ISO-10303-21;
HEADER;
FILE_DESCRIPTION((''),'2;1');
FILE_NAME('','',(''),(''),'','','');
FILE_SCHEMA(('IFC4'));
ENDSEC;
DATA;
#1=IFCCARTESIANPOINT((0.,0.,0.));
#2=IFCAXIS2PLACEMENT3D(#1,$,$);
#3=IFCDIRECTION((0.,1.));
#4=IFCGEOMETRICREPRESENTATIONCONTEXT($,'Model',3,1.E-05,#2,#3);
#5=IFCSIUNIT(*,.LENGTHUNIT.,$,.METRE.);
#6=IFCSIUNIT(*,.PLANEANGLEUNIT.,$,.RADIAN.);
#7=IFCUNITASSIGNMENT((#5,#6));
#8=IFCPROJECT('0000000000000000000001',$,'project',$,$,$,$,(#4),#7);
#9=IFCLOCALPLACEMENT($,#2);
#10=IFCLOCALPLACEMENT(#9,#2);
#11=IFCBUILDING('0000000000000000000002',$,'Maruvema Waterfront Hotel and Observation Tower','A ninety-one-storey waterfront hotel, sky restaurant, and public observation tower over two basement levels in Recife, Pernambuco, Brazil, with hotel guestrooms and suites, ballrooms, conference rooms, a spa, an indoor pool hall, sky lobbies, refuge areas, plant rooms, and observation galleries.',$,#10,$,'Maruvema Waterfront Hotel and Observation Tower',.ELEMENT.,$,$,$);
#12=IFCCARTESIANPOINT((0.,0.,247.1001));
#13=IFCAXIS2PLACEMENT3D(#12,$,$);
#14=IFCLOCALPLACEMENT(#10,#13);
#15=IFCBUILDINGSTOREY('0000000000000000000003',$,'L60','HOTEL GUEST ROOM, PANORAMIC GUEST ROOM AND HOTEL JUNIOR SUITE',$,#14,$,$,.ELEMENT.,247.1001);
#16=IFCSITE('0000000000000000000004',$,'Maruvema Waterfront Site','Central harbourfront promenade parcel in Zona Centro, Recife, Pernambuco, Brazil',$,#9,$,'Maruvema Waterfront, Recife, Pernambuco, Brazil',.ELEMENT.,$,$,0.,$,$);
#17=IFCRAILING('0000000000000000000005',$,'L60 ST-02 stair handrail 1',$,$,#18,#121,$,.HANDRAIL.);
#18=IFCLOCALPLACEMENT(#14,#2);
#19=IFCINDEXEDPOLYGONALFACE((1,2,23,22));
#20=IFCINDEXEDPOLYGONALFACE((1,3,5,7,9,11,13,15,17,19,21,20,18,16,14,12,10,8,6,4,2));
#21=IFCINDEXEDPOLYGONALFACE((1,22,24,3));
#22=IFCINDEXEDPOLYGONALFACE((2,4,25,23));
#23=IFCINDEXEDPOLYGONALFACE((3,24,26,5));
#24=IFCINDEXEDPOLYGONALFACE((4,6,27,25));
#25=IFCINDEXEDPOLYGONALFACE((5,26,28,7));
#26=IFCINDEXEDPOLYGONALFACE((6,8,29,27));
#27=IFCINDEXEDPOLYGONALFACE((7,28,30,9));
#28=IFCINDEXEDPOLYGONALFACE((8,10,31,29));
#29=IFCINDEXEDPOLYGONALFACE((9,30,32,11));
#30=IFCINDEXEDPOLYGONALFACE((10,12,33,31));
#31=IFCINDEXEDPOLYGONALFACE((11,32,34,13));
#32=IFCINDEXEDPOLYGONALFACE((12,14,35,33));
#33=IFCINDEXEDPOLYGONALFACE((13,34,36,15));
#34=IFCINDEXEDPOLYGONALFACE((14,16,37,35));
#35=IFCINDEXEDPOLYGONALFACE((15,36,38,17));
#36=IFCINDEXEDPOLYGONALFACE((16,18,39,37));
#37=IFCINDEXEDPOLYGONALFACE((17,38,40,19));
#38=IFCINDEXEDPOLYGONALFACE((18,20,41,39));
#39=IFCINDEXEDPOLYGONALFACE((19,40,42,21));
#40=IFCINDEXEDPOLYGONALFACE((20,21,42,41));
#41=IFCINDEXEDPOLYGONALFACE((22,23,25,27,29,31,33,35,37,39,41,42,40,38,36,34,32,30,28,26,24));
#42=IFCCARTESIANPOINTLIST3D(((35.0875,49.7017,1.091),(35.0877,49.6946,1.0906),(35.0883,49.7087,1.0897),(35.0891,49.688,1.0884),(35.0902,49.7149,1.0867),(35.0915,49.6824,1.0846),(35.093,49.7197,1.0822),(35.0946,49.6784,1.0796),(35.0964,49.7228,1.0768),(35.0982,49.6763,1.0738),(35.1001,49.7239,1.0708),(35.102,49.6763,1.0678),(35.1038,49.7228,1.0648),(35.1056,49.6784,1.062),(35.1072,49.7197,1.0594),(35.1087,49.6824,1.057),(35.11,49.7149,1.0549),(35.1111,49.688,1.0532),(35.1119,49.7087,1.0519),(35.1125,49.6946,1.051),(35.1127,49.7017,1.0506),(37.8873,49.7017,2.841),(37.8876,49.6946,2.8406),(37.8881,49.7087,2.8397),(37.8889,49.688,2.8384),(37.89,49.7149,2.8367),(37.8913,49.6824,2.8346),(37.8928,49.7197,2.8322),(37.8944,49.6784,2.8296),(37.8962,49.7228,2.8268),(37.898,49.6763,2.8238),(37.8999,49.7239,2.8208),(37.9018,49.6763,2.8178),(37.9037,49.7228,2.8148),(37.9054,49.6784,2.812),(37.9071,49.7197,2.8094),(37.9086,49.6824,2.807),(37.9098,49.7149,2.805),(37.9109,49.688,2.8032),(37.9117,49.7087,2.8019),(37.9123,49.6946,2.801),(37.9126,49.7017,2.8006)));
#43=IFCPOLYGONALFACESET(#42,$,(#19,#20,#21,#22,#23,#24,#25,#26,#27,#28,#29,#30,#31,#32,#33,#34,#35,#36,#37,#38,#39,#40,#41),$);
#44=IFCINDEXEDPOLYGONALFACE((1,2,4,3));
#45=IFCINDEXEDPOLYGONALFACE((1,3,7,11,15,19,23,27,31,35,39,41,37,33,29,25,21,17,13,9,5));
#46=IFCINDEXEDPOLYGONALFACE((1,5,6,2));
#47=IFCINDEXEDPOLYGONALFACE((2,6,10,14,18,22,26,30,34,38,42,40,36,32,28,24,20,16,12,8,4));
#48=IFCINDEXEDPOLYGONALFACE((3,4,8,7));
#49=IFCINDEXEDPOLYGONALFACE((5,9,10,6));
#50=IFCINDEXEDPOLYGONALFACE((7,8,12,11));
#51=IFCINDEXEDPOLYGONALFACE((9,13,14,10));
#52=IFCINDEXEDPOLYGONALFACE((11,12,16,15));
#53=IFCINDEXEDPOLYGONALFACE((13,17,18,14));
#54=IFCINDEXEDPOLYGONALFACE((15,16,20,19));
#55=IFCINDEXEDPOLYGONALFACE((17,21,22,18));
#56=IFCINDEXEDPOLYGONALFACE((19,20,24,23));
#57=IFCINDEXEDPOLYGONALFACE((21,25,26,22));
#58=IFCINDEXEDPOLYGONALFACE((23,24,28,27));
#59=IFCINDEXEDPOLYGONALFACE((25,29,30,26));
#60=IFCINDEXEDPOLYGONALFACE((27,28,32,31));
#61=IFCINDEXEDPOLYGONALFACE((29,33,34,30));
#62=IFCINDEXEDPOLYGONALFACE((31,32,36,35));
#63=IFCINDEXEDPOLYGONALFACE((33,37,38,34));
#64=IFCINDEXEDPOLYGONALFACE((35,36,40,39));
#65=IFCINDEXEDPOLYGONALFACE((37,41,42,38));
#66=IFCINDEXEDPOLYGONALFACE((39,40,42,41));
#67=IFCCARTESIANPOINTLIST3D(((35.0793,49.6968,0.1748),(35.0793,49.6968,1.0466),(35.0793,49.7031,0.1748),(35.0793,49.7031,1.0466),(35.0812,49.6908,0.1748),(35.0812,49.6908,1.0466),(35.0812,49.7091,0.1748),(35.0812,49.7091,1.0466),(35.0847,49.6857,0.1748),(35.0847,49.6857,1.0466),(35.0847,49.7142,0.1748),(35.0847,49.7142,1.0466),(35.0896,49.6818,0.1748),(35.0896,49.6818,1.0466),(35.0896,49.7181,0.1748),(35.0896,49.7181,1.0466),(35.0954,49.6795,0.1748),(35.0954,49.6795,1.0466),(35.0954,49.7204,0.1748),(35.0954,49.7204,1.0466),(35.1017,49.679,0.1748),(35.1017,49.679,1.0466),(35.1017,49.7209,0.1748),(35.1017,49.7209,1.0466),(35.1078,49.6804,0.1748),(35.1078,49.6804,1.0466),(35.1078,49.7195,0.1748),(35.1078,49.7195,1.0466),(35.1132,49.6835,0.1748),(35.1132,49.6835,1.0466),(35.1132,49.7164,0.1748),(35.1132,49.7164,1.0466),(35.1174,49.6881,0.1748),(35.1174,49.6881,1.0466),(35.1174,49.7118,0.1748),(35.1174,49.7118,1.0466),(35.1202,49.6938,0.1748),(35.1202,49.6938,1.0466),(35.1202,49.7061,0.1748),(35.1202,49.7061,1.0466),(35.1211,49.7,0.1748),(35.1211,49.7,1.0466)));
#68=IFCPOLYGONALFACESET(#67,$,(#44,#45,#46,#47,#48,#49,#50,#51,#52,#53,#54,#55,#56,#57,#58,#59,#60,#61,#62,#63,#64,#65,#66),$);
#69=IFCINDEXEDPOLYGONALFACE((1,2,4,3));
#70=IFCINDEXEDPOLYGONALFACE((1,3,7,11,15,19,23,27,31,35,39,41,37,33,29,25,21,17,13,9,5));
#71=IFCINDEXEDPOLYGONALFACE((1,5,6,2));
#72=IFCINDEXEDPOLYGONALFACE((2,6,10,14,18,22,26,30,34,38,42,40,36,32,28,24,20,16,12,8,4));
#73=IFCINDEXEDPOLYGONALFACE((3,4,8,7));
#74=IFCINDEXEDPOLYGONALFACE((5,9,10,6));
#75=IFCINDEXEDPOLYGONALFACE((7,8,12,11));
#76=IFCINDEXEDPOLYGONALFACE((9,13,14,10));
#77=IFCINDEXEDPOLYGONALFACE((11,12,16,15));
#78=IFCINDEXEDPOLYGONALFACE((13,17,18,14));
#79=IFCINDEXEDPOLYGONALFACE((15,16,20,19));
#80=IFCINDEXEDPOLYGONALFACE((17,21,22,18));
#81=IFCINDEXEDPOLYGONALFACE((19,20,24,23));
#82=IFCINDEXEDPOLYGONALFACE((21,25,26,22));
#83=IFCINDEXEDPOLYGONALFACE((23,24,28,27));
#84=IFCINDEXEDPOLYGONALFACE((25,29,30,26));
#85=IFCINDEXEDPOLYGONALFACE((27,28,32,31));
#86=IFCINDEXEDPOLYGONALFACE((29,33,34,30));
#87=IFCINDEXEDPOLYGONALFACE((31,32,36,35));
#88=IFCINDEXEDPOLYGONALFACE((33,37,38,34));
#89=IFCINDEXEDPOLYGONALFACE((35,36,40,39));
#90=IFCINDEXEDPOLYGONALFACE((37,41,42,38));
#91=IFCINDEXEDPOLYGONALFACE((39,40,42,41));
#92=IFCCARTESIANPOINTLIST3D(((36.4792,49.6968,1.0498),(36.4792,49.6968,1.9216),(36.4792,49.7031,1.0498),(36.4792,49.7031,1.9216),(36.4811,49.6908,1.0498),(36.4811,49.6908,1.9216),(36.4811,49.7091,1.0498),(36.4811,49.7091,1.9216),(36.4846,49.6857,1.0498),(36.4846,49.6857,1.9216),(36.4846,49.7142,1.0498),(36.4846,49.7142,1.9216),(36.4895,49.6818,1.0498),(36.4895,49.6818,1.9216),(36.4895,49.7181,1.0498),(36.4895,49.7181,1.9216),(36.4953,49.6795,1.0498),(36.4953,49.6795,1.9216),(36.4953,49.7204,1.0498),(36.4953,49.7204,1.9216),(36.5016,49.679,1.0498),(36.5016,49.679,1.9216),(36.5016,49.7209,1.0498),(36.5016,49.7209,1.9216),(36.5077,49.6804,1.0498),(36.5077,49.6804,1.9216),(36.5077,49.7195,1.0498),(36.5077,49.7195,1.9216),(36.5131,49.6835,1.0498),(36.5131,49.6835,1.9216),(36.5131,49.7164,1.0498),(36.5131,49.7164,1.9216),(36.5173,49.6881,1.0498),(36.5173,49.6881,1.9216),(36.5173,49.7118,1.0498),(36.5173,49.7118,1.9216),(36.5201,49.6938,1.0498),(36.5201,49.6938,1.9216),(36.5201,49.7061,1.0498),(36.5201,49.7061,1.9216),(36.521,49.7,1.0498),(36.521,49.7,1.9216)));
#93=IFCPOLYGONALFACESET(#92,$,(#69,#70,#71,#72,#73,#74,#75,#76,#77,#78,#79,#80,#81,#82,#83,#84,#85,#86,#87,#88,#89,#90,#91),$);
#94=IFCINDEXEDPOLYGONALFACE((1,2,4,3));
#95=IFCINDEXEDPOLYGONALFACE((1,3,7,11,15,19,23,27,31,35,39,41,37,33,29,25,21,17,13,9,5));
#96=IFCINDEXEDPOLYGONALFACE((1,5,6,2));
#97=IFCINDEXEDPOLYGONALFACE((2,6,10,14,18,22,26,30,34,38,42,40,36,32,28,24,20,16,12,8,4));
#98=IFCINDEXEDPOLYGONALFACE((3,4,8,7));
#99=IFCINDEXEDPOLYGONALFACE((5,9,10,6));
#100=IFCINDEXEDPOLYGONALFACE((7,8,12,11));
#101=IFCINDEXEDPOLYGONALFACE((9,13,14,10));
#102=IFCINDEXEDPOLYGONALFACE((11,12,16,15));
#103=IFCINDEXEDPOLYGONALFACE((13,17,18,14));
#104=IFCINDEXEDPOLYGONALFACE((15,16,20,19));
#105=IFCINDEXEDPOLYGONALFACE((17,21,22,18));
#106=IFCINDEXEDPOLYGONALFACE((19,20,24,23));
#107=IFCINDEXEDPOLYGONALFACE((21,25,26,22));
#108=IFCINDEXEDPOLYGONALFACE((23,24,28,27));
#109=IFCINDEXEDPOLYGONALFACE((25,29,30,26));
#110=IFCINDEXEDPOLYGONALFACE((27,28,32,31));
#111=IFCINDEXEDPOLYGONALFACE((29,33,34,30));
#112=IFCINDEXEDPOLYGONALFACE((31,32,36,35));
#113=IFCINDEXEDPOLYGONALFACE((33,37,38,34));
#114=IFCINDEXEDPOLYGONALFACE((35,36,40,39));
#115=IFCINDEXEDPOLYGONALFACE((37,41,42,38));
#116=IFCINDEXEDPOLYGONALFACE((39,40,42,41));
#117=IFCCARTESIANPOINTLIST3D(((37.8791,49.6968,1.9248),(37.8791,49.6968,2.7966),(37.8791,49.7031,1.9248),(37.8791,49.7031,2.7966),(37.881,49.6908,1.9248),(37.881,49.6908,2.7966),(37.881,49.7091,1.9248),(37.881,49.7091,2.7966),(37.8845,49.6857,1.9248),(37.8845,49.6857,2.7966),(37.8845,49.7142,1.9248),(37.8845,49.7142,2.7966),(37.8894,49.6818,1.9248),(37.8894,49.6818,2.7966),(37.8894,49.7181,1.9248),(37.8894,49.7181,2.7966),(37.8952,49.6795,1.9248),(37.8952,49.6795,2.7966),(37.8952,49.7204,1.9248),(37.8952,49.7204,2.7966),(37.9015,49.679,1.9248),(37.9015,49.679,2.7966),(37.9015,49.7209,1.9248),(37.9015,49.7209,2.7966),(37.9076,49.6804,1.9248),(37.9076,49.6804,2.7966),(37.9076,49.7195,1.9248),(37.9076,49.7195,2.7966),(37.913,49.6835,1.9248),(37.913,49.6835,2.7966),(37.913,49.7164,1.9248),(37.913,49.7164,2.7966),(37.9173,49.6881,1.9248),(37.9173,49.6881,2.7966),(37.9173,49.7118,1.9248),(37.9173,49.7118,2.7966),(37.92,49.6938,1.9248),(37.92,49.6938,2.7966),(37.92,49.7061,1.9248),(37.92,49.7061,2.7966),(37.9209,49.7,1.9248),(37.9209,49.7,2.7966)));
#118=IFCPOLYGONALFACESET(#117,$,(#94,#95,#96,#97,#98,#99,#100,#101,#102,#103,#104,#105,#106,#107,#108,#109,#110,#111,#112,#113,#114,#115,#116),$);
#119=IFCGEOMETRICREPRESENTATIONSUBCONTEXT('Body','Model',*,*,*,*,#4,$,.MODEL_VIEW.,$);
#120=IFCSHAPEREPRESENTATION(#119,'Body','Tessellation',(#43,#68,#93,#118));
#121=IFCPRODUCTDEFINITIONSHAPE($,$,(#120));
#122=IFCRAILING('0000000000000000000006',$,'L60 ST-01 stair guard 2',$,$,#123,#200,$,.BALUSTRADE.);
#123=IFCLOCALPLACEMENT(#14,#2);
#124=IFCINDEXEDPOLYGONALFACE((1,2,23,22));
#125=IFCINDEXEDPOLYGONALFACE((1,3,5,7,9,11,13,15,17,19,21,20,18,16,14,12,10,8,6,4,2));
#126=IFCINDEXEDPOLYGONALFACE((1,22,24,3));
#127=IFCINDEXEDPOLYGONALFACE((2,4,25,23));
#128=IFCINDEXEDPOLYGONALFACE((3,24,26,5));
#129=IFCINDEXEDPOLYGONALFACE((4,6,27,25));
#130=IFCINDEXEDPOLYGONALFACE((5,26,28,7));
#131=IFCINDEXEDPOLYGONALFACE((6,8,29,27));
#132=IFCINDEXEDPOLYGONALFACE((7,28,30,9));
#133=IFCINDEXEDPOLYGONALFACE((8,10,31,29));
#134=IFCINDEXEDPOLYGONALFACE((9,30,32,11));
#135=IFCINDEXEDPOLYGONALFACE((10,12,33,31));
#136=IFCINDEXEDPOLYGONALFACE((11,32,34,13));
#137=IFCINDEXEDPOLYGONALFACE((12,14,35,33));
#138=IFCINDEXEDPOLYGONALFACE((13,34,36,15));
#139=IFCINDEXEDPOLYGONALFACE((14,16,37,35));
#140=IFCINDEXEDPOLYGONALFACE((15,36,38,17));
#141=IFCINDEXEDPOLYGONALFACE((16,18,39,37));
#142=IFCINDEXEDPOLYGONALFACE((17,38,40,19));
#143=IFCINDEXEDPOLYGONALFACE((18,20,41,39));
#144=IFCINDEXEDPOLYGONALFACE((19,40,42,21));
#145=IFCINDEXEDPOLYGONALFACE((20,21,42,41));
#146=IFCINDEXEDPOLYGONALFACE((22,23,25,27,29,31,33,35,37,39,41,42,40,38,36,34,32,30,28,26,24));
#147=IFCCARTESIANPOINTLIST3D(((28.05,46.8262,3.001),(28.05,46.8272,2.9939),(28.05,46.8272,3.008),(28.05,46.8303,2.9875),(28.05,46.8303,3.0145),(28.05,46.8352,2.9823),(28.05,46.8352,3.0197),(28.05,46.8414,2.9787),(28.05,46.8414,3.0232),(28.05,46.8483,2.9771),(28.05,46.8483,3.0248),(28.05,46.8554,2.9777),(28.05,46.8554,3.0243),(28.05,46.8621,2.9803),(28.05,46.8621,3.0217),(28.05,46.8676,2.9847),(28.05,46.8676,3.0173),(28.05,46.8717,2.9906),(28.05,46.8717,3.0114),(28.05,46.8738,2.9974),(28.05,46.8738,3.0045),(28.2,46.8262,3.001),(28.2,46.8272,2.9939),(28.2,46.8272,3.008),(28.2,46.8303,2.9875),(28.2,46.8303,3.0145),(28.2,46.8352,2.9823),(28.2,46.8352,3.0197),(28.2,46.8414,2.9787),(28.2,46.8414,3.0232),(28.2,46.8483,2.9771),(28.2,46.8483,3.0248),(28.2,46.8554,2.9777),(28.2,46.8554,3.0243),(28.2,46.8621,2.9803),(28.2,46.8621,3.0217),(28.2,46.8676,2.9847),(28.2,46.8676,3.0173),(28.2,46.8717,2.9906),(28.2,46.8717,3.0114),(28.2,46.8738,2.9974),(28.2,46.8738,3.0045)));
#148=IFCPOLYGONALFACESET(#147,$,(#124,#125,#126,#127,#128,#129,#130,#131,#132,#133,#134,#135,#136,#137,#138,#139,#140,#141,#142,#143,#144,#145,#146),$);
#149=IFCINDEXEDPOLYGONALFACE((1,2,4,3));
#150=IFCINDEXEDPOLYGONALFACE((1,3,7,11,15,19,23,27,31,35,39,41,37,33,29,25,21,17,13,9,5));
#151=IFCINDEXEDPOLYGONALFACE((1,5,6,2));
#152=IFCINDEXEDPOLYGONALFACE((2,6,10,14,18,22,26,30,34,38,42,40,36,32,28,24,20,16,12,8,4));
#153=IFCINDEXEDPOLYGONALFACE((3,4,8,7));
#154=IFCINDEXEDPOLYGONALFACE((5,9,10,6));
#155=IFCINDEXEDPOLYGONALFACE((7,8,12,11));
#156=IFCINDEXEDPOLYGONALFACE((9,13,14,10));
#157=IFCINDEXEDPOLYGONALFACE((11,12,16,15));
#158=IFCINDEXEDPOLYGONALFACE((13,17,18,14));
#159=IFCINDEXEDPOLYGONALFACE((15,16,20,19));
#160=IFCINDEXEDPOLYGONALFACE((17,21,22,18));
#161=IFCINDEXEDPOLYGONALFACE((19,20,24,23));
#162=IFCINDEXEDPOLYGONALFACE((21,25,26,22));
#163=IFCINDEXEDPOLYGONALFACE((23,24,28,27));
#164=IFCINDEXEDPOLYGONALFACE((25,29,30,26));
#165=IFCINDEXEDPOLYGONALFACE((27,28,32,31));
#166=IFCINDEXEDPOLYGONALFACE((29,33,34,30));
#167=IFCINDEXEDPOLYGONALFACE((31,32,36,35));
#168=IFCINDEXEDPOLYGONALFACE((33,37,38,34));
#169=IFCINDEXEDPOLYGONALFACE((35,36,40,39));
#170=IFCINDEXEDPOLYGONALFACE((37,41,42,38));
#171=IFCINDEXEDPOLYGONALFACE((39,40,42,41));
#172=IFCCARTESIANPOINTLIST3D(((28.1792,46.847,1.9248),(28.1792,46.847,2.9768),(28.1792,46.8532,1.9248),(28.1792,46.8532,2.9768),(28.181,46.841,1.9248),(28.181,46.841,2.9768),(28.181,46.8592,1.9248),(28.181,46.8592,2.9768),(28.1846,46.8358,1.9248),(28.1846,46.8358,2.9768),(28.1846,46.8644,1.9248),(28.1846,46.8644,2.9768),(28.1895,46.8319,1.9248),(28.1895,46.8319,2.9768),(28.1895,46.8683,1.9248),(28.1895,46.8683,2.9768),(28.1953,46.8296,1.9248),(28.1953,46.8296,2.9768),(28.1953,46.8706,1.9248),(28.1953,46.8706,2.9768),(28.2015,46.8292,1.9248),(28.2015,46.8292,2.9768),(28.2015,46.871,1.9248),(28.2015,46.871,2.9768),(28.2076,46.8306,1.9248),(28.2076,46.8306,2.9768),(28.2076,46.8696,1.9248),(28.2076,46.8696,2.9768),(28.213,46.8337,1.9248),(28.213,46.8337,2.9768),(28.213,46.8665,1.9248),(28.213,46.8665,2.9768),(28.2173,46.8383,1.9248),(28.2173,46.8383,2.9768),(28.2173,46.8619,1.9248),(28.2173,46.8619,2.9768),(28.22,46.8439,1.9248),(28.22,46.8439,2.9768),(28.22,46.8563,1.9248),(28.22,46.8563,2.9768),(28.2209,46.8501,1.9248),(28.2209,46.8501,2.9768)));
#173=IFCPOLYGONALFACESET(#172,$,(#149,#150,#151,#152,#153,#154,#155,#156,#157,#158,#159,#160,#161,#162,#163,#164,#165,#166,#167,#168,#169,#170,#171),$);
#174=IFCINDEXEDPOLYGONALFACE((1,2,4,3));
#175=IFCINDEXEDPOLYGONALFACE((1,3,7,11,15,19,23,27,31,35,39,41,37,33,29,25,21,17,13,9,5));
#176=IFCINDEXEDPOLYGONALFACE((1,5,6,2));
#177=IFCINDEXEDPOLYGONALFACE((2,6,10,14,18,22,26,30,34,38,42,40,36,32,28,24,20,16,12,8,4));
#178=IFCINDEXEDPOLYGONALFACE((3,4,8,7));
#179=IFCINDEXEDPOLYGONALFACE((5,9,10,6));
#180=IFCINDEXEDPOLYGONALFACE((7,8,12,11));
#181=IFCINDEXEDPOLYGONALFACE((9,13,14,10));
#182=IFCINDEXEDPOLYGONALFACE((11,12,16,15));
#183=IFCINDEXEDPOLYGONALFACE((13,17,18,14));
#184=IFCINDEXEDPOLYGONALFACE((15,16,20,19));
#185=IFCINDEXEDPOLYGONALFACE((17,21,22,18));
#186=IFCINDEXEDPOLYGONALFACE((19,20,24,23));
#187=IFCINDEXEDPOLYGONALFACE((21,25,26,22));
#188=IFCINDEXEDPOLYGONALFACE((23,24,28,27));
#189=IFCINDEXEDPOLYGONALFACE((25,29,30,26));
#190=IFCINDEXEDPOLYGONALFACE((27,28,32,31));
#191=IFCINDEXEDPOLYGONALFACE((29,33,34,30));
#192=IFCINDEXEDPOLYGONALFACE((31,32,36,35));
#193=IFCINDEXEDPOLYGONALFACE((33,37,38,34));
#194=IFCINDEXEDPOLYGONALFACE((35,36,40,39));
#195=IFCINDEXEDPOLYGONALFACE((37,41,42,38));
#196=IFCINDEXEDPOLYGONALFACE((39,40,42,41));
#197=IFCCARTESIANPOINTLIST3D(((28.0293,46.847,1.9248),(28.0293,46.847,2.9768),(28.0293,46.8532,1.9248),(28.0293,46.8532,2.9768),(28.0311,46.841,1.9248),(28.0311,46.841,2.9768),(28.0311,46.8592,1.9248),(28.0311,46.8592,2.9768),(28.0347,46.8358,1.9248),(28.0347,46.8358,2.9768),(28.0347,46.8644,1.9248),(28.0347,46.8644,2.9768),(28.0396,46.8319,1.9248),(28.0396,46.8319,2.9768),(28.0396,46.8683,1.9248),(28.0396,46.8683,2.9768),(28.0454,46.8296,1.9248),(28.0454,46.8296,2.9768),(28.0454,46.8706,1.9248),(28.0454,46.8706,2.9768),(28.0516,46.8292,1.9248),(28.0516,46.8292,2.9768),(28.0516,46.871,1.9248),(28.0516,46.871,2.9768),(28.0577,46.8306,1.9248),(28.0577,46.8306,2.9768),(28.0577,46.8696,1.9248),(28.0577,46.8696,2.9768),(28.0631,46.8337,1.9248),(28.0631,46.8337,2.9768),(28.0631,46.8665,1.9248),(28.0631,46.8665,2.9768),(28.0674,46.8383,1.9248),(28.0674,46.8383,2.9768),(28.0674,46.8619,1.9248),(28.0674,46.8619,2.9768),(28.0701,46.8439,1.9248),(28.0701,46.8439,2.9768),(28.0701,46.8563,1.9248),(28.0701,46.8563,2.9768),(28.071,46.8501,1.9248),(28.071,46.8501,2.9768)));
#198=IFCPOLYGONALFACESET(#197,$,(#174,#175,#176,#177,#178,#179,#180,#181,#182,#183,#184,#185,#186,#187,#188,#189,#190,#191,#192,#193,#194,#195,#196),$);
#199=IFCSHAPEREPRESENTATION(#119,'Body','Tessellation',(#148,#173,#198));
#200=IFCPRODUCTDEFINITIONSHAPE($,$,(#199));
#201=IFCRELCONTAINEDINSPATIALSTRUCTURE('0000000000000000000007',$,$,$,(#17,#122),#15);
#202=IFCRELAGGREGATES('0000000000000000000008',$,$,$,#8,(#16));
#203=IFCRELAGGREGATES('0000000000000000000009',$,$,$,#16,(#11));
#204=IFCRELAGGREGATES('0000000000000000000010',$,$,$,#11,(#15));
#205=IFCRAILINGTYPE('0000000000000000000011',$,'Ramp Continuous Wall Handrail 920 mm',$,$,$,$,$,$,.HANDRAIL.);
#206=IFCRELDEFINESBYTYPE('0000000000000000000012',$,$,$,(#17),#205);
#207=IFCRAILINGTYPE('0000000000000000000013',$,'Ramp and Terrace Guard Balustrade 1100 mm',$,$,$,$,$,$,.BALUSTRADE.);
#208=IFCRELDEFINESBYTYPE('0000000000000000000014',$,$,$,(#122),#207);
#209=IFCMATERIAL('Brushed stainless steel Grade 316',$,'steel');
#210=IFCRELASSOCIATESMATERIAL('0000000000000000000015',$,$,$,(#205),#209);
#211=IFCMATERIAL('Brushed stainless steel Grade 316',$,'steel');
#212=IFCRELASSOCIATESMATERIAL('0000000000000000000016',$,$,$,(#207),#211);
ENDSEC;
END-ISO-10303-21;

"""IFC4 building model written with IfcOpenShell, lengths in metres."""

from ifc_helpers import new_model, si_unit, direction, frame, origin, origin_2d, place, context, subcontext, project, spatial, circle, extrude, material, type_object, element, save


model = new_model("IFC4")

# Units and contexts
model_context = context("Model", 3, precision=1e-05, world=origin(), true_north=direction((0.0, 1.0)))
body_context = subcontext(model_context, "Body", "Model", "MODEL_VIEW")
ifc_project = project(units=[si_unit("LENGTHUNIT", "METRE"), si_unit("PLANEANGLEUNIT", "RADIAN")], contexts=[model_context])

# Site, building, storey
site_placement = place(None, origin())
site = spatial("IfcSite", under=ifc_project, at=site_placement, Name="Maruvema Waterfront Site", Description="Central harbourfront promenade parcel in Zona Centro, Recife, Pernambuco, Brazil", LongName="Maruvema Waterfront, Recife, Pernambuco, Brazil", CompositionType="ELEMENT", RefElevation=0.0)
building_placement = place(site_placement, origin())
building = spatial("IfcBuilding", under=site, at=building_placement, Name="Maruvema Waterfront Hotel and Observation Tower", Description="A ninety-one-storey waterfront hotel, sky restaurant, and public observation tower over two basement levels in Recife, Pernambuco, Brazil, with hotel guestrooms and suites, ballrooms, conference rooms, a spa, an indoor pool hall, sky lobbies, refuge areas, plant rooms, and observation galleries.", LongName="Maruvema Waterfront Hotel and Observation Tower", CompositionType="ELEMENT")
storey_placement = place(building_placement, frame((0.0, 0.0, 247.1001)))
storey = spatial("IfcBuildingStorey", under=building, at=storey_placement, Name="L60", Description="HOTEL GUEST ROOM, PANORAMIC GUEST ROOM AND HOTEL JUNIOR SUITE", CompositionType="ELEMENT", Elevation=247.1001)

# Railings
ifc_material_1 = material(Name="Brushed stainless steel Grade 316", Category="steel")
railing_type_1 = type_object("IfcRailingType", Name="Ramp Continuous Wall Handrail 920 mm", PredefinedType="HANDRAIL", material=ifc_material_1)
railing_1_placement = place(storey_placement, frame((35.1001, 49.7, 0.1748)))
element("IfcRailing", 1, at=railing_1_placement, inside=storey, type_object=railing_type_1, Name="L60 ST-02 stair handrail 1", PredefinedType="HANDRAIL", context=body_context, shape_type="SweptSolid", body=[
    extrude(circle(Radius=0.0239, at=origin_2d()), frame((0.0, 0.0, 0.896), z_axis=(0.847982, 0.0, 0.530026), x_axis=(0.0, 1.0, 0.0)), (0.0, 0.0, 1.0), 3.3018),
    extrude(circle(Radius=0.021, at=origin_2d()), origin(), (0.0, 0.0, 1.0), 0.8718),
    extrude(circle(Radius=0.021, at=origin_2d()), frame((1.3999, 0.0, 0.875)), (0.0, 0.0, 1.0), 0.8718),
    extrude(circle(Radius=0.021, at=origin_2d()), frame((2.7998, 0.0, 1.75)), (0.0, 0.0, 1.0), 0.8718),
])
ifc_material_2 = material(Name="Brushed stainless steel Grade 316", Category="steel")
railing_type_2 = type_object("IfcRailingType", Name="Ramp and Terrace Guard Balustrade 1100 mm", PredefinedType="BALUSTRADE", material=ifc_material_2)
railing_2_placement = place(storey_placement, frame((28.2, 46.8501, 1.9248)))
element("IfcRailing", 2, at=railing_2_placement, inside=storey, type_object=railing_type_2, Name="L60 ST-01 stair guard 2", PredefinedType="BALUSTRADE", context=body_context, shape_type="SweptSolid", body=[
    extrude(circle(Radius=0.0239, at=origin_2d()), frame((0.0, 0.0, 1.0762), z_axis=(-1.0, 0.0, 0.0), x_axis=(0.0, -1.0, 0.0)), (0.0, 0.0, 1.0), 0.1499),
    extrude(circle(Radius=0.021, at=origin_2d()), origin(), (0.0, 0.0, 1.0), 1.052),
    extrude(circle(Radius=0.021, at=origin_2d()), frame((-0.1499, 0.0, 0.0)), (0.0, 0.0, 1.0), 1.052),
])

save(model, "model.ifc")
